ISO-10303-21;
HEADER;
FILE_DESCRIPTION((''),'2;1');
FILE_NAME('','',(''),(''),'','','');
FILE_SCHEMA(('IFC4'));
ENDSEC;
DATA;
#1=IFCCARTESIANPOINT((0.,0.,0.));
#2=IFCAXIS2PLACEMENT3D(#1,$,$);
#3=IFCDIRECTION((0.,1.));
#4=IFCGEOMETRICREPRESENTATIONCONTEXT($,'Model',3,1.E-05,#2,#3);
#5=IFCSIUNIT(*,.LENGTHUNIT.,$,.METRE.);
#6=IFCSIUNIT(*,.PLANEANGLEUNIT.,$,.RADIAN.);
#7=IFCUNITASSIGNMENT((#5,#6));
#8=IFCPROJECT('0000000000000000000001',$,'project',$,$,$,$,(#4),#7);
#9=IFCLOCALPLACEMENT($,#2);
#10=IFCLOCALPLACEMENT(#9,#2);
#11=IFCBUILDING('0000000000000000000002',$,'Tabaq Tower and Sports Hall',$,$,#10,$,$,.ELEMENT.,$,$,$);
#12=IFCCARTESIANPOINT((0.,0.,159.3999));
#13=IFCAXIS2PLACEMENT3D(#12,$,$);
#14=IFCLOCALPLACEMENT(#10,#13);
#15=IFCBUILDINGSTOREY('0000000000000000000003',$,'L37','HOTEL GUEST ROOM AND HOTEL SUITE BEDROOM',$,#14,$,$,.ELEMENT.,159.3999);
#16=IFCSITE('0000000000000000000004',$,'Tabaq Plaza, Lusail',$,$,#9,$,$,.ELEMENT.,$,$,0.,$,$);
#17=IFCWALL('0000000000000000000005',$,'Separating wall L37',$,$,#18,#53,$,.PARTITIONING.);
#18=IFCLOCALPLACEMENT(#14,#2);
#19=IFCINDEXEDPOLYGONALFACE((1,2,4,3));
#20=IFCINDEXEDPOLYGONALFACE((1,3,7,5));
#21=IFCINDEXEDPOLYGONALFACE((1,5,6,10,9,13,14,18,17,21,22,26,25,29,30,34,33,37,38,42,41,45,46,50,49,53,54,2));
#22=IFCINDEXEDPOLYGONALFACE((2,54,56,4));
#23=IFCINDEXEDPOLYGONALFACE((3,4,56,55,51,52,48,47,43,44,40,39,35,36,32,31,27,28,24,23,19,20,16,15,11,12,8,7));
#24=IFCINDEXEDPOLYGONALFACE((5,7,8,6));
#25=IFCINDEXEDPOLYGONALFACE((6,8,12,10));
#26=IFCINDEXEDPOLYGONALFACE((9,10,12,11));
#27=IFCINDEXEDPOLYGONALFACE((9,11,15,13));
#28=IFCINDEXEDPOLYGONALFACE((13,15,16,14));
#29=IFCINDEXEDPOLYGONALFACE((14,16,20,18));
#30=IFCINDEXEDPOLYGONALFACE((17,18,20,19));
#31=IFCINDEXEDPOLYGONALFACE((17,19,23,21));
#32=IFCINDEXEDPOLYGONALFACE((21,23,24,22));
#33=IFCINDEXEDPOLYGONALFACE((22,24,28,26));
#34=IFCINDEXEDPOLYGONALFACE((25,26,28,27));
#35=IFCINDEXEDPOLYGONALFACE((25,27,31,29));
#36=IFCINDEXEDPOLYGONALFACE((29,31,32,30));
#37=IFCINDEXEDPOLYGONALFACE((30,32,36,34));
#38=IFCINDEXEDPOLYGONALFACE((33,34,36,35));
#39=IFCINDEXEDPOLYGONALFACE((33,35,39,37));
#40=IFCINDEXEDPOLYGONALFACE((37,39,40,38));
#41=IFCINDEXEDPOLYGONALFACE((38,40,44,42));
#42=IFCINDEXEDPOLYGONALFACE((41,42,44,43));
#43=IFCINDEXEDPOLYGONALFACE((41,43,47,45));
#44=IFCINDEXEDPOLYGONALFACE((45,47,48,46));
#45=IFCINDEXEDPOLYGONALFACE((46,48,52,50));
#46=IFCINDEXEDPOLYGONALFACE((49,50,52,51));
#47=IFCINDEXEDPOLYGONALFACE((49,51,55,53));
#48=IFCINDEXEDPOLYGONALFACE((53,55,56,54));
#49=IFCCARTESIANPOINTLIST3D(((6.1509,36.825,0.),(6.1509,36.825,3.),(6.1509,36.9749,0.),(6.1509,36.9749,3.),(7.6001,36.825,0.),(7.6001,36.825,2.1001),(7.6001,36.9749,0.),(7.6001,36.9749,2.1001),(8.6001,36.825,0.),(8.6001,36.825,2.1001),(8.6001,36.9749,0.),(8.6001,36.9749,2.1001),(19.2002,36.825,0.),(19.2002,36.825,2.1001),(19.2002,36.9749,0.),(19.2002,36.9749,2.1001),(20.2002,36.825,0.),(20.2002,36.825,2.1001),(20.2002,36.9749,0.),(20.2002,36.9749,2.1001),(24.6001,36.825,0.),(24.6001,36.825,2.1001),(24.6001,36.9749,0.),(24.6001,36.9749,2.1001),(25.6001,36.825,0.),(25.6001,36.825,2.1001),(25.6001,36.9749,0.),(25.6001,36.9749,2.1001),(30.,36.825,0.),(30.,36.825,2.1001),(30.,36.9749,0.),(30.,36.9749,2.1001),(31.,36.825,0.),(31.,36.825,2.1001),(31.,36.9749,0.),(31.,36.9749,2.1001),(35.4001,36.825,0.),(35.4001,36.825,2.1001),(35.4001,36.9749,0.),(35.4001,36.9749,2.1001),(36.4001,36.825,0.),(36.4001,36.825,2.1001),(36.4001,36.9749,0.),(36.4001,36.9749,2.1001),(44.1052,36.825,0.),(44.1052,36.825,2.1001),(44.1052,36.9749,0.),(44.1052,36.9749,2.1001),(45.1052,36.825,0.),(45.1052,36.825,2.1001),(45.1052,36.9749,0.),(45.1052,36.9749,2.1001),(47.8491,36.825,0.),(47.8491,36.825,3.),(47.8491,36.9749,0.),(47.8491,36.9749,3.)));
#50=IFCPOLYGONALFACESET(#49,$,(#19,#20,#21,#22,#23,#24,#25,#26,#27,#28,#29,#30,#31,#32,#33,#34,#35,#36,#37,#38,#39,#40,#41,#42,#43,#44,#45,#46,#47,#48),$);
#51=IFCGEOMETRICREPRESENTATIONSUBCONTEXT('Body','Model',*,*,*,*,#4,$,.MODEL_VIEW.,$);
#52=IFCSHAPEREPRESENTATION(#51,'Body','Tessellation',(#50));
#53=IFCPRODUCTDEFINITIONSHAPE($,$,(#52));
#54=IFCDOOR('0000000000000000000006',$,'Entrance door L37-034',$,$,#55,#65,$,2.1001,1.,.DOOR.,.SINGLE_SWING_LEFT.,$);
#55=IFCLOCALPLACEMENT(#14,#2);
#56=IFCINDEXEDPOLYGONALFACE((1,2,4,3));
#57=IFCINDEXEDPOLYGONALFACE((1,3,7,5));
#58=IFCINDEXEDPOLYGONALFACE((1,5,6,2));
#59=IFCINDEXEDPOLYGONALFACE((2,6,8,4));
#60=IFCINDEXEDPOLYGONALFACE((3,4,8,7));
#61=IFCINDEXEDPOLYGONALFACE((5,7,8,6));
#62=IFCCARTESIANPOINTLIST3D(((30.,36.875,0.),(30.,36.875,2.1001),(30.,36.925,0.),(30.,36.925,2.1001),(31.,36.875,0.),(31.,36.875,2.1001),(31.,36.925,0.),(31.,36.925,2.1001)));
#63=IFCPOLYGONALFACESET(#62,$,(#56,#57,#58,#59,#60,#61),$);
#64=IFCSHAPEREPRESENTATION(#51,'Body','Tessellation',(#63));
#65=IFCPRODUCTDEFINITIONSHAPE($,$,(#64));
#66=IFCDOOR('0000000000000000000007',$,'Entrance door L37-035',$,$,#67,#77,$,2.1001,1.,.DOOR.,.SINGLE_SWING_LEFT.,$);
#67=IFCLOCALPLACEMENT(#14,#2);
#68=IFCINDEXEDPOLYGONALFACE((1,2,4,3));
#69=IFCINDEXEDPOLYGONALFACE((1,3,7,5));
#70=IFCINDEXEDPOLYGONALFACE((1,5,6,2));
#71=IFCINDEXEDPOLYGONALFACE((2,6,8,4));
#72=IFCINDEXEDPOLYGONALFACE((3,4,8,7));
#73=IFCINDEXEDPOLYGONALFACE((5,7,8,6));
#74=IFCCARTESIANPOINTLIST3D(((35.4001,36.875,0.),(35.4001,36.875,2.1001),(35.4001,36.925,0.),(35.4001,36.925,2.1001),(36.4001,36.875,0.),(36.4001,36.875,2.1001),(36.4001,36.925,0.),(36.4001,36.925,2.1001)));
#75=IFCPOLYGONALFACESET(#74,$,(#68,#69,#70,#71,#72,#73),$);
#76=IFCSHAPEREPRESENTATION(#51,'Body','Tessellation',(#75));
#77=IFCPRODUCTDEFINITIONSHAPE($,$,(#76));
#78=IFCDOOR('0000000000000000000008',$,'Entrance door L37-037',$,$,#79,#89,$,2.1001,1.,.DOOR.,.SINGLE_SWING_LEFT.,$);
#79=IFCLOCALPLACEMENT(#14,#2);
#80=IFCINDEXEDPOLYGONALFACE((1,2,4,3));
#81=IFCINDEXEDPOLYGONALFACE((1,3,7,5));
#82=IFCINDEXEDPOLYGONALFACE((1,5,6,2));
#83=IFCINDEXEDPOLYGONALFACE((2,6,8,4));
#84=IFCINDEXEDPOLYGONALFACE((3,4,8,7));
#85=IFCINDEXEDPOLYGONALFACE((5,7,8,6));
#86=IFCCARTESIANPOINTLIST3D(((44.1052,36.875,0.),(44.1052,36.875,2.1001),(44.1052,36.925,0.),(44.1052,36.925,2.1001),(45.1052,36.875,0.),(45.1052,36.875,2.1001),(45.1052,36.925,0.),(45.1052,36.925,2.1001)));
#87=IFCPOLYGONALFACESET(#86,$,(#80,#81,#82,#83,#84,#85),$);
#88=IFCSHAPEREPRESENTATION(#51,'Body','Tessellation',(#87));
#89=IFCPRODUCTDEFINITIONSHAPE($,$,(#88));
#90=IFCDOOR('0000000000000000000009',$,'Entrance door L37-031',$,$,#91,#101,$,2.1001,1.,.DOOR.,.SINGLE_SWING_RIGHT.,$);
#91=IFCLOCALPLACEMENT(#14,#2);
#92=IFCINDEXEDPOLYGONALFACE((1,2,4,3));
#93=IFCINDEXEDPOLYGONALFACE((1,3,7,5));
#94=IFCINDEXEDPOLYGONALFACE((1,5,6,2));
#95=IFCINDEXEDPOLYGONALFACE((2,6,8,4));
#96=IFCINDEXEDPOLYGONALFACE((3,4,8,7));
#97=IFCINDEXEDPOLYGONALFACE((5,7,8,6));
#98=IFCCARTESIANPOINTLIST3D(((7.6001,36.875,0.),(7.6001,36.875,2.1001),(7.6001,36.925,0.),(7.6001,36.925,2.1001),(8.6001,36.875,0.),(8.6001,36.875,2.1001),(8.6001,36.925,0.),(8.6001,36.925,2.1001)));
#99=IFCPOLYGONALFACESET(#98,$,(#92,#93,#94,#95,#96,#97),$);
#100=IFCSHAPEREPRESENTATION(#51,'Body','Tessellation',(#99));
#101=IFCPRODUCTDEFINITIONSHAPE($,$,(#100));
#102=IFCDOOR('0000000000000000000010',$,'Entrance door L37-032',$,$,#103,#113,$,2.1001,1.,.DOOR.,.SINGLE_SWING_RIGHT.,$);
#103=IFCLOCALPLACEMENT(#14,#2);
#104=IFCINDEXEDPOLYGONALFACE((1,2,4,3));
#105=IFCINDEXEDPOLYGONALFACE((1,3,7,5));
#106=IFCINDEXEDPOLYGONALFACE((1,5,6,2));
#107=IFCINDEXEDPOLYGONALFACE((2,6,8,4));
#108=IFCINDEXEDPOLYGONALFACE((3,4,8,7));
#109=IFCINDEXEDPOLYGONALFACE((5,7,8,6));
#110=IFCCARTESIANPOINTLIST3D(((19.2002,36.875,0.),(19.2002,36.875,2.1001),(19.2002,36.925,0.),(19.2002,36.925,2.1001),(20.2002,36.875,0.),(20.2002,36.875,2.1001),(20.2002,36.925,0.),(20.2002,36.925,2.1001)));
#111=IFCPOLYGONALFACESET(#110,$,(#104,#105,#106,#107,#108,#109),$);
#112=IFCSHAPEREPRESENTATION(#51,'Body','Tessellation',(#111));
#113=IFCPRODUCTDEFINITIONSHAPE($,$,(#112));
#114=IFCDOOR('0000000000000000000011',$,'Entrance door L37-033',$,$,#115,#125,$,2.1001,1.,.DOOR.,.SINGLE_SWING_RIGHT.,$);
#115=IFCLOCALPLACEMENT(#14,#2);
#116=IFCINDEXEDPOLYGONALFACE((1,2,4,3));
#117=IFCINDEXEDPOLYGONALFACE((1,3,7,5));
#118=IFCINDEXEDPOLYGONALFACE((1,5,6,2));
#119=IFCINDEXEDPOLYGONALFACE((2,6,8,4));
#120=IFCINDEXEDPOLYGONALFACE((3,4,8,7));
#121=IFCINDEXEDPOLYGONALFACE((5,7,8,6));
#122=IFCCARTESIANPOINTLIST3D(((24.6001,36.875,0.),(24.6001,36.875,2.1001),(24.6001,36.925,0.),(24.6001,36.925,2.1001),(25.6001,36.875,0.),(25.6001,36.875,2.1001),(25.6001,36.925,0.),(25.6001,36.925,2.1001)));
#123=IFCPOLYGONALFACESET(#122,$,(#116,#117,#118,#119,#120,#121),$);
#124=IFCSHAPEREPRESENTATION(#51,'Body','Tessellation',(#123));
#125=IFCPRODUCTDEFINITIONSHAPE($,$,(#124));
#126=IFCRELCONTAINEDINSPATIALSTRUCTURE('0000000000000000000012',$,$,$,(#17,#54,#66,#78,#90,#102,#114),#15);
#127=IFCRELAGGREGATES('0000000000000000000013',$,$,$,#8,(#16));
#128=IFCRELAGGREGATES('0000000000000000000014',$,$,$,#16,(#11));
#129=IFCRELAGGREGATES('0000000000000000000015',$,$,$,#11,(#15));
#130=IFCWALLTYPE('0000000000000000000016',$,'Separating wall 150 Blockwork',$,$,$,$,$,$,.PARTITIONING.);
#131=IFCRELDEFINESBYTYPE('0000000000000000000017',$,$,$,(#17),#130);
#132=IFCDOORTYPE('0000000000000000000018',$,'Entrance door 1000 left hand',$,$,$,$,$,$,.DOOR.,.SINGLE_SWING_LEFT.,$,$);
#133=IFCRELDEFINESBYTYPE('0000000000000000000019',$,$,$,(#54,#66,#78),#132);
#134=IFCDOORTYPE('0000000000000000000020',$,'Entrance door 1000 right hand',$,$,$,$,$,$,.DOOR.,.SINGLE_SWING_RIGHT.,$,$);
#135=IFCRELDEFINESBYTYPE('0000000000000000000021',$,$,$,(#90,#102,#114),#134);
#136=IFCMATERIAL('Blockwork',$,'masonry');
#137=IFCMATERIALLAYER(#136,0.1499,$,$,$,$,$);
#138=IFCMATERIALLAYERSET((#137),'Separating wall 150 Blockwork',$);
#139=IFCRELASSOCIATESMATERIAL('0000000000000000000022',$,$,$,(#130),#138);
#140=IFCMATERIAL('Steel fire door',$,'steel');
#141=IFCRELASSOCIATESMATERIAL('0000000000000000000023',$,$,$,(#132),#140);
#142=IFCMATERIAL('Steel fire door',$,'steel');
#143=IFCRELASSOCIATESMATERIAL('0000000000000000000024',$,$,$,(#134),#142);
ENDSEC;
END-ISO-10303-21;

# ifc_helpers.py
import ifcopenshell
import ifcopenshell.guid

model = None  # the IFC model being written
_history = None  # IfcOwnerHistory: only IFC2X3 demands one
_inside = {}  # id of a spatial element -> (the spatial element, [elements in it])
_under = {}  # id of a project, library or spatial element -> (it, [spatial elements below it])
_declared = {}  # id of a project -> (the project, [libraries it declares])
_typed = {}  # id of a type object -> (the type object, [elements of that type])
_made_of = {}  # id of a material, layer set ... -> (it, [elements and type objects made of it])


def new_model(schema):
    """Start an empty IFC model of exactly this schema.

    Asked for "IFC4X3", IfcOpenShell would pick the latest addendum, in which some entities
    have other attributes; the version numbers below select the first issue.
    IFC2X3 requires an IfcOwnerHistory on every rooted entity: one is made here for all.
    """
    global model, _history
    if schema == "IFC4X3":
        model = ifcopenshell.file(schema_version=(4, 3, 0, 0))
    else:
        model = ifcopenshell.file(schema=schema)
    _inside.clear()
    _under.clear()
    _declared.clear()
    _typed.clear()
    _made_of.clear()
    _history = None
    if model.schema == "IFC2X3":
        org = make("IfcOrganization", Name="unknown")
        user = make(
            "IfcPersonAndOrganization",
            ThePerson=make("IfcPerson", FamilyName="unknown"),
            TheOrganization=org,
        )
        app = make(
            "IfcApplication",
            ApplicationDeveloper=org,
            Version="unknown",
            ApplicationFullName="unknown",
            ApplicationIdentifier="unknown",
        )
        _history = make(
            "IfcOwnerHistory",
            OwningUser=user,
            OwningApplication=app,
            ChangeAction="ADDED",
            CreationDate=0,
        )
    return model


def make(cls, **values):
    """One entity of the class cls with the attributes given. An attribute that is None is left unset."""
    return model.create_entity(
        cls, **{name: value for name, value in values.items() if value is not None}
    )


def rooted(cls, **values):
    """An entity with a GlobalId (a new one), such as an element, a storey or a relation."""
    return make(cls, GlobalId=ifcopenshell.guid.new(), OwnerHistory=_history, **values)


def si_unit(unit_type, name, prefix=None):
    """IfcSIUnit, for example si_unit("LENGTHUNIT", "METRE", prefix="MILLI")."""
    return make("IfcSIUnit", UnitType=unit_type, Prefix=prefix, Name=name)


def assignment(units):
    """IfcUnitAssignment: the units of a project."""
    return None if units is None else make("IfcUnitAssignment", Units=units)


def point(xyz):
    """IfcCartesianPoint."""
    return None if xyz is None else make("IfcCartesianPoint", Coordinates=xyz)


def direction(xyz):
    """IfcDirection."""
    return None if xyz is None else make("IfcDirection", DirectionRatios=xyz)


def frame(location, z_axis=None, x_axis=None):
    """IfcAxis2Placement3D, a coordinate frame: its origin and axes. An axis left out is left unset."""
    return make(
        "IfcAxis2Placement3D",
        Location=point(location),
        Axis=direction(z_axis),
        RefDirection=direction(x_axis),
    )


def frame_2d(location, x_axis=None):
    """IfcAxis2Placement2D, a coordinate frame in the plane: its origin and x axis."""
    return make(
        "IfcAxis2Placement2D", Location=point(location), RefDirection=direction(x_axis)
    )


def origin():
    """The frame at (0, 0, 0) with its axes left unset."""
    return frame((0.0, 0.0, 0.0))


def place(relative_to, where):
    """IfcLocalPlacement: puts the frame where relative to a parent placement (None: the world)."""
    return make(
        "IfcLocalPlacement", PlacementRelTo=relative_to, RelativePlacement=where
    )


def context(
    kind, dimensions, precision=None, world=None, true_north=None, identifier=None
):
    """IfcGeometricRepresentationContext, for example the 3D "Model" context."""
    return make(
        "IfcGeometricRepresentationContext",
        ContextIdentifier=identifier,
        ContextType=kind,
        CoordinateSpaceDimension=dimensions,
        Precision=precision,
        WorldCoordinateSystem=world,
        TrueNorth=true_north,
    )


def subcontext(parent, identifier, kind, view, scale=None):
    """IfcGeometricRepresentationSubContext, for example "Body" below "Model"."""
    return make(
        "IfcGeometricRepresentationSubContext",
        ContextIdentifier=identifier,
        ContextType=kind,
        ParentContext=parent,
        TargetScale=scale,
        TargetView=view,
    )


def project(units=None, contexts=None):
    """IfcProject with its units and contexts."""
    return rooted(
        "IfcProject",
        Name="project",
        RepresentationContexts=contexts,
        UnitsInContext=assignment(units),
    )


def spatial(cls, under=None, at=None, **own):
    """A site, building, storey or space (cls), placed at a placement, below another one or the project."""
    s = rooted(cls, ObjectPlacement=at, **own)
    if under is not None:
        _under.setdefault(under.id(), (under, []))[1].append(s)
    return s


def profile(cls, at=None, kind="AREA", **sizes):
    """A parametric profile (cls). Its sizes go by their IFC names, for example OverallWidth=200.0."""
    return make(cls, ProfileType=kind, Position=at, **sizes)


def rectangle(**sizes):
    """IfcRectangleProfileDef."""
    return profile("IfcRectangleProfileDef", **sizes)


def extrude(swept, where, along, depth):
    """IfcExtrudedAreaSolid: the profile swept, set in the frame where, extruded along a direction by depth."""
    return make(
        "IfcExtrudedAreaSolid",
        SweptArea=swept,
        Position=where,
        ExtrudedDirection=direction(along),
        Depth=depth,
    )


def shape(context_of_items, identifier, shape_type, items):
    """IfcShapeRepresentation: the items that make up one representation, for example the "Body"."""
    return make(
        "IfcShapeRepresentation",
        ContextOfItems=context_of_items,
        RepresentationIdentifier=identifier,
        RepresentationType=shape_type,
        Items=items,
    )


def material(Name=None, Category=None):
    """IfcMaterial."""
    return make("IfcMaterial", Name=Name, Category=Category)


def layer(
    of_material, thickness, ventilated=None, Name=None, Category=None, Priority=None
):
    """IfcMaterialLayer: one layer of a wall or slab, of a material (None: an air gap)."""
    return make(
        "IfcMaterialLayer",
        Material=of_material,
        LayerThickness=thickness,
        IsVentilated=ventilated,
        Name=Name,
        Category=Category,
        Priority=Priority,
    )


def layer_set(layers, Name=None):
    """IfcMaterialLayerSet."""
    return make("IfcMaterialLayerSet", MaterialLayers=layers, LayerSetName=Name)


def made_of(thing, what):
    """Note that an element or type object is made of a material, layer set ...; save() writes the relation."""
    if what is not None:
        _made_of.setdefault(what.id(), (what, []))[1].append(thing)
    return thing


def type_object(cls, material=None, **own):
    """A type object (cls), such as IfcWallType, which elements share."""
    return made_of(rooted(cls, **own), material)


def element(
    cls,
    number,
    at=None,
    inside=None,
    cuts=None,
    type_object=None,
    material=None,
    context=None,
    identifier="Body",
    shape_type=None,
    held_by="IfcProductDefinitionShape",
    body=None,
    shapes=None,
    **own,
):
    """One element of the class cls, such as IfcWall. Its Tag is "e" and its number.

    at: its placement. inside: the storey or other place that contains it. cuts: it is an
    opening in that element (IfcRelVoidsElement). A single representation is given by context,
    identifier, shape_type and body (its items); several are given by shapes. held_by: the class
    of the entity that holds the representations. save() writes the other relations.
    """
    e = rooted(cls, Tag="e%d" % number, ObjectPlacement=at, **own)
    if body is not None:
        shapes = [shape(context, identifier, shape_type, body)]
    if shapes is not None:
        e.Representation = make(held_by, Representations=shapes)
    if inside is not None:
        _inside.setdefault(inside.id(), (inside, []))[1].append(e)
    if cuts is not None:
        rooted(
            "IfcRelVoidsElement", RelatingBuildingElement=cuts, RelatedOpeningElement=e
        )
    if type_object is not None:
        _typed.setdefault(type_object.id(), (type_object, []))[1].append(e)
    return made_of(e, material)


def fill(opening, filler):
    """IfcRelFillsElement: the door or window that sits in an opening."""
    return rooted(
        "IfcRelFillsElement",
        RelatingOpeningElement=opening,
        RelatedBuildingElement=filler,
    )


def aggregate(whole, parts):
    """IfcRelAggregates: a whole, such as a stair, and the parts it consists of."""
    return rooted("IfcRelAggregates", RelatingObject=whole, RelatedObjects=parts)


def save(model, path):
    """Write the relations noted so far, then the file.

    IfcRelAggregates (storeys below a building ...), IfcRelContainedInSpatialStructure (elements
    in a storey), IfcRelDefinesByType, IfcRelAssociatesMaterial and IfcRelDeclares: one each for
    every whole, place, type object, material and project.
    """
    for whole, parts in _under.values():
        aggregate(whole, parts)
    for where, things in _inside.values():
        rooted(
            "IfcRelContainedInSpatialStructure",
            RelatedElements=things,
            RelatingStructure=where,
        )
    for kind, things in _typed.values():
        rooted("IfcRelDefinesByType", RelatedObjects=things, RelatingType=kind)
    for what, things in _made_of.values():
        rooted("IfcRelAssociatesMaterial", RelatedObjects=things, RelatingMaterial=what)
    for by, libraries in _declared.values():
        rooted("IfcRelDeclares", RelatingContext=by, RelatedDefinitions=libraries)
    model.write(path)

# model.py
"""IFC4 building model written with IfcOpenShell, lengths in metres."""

from ifc_helpers import new_model, si_unit, direction, frame, frame_2d, origin, place, context, subcontext, project, spatial, rectangle, extrude, material, layer, layer_set, type_object, element, fill, save


model = new_model("IFC4")

# Units and contexts
model_context = context("Model", 3, precision=1e-05, world=origin(), true_north=direction((0.0, 1.0)))
body_context = subcontext(model_context, "Body", "Model", "MODEL_VIEW")
ifc_project = project(units=[si_unit("LENGTHUNIT", "METRE"), si_unit("PLANEANGLEUNIT", "RADIAN")], contexts=[model_context])

# Site, building, storey
site_placement = place(None, origin())
site = spatial("IfcSite", under=ifc_project, at=site_placement, Name="Tabaq Plaza, Lusail", CompositionType="ELEMENT", RefElevation=0.0)
building_placement = place(site_placement, origin())
building = spatial("IfcBuilding", under=site, at=building_placement, Name="Tabaq Tower and Sports Hall", CompositionType="ELEMENT")
storey_placement = place(building_placement, frame((0.0, 0.0, 159.3999)))
storey = spatial("IfcBuildingStorey", under=building, at=storey_placement, Name="L37", Description="HOTEL GUEST ROOM AND HOTEL SUITE BEDROOM", CompositionType="ELEMENT", Elevation=159.3999)

# Wall, openings, doors
ifc_material_1 = material(Name="Blockwork", Category="masonry")
ifc_layer_1 = layer(ifc_material_1, 0.1499)
ifc_layer_set_1 = layer_set([ifc_layer_1], Name="Separating wall 150 Blockwork")
wall_type = type_object("IfcWallType", Name="Separating wall 150 Blockwork", PredefinedType="PARTITIONING", material=ifc_layer_set_1)
wall_1_placement = place(storey_placement, frame((47.8491, 36.8999, 0.0), z_axis=(0.0, 0.0, 1.0), x_axis=(-1.0, 0.0, 0.0)))
wall_1 = element("IfcWall", 1, at=wall_1_placement, inside=storey, type_object=wall_type, Name="Separating wall L37", PredefinedType="PARTITIONING", context=body_context, shape_type="SweptSolid", body=[
    extrude(rectangle(XDim=41.6982, YDim=0.1499, at=frame_2d((20.8491, 0.0))), origin(), (0.0, 0.0, 1.0), 3.0),
])
opening_1_placement = place(wall_1_placement, frame((39.249, 0.0, 0.0)))
opening_1 = element("IfcOpeningElement", 2, at=opening_1_placement, cuts=wall_1, PredefinedType="OPENING", context=body_context, shape_type="SweptSolid", body=[
    extrude(rectangle(XDim=1.0, YDim=2.1001, at=frame_2d((0.5, 1.05))), frame((0.0, 0.075, 0.0), z_axis=(0.0, -1.0, 0.0), x_axis=(1.0, 0.0, 0.0)), (0.0, 0.0, 1.0), 0.1499),
])
opening_2_placement = place(wall_1_placement, frame((27.6489, 0.0, 0.0)))
opening_2 = element("IfcOpeningElement", 3, at=opening_2_placement, cuts=wall_1, PredefinedType="OPENING", context=body_context, shape_type="SweptSolid", body=[
    extrude(rectangle(XDim=1.0, YDim=2.1001, at=frame_2d((0.5, 1.05))), frame((0.0, 0.075, 0.0), z_axis=(0.0, -1.0, 0.0), x_axis=(1.0, 0.0, 0.0)), (0.0, 0.0, 1.0), 0.1499),
])
opening_3_placement = place(wall_1_placement, frame((22.249, 0.0, 0.0)))
opening_3 = element("IfcOpeningElement", 4, at=opening_3_placement, cuts=wall_1, PredefinedType="OPENING", context=body_context, shape_type="SweptSolid", body=[
    extrude(rectangle(XDim=1.0, YDim=2.1001, at=frame_2d((0.5, 1.05))), frame((0.0, 0.075, 0.0), z_axis=(0.0, -1.0, 0.0), x_axis=(1.0, 0.0, 0.0)), (0.0, 0.0, 1.0), 0.1499),
])
opening_4_placement = place(wall_1_placement, frame((16.8491, 0.0, 0.0)))
opening_4 = element("IfcOpeningElement", 5, at=opening_4_placement, cuts=wall_1, PredefinedType="OPENING", context=body_context, shape_type="SweptSolid", body=[
    extrude(rectangle(XDim=1.0, YDim=2.1001, at=frame_2d((0.5, 1.05))), frame((0.0, 0.075, 0.0), z_axis=(0.0, -1.0, 0.0), x_axis=(1.0, 0.0, 0.0)), (0.0, 0.0, 1.0), 0.1499),
])
opening_5_placement = place(wall_1_placement, frame((11.449, 0.0, 0.0)))
opening_5 = element("IfcOpeningElement", 6, at=opening_5_placement, cuts=wall_1, PredefinedType="OPENING", context=body_context, shape_type="SweptSolid", body=[
    extrude(rectangle(XDim=1.0, YDim=2.1001, at=frame_2d((0.5, 1.05))), frame((0.0, 0.075, 0.0), z_axis=(0.0, -1.0, 0.0), x_axis=(1.0, 0.0, 0.0)), (0.0, 0.0, 1.0), 0.1499),
])
opening_6_placement = place(wall_1_placement, frame((2.7439, 0.0, 0.0)))
opening_6 = element("IfcOpeningElement", 7, at=opening_6_placement, cuts=wall_1, PredefinedType="OPENING", context=body_context, shape_type="SweptSolid", body=[
    extrude(rectangle(XDim=1.0, YDim=2.1001, at=frame_2d((0.5, 1.05))), frame((0.0, 0.075, 0.0), z_axis=(0.0, -1.0, 0.0), x_axis=(1.0, 0.0, 0.0)), (0.0, 0.0, 1.0), 0.1499),
])
ifc_material_2 = material(Name="Steel fire door", Category="steel")
door_type_1 = type_object("IfcDoorType", Name="Entrance door 1000 left hand", OperationType="SINGLE_SWING_LEFT", PredefinedType="DOOR", material=ifc_material_2)
door_1_placement = place(opening_4_placement, origin())
door_1 = element("IfcDoor", 8, at=door_1_placement, inside=storey, type_object=door_type_1, Name="Entrance door L37-034", OperationType="SINGLE_SWING_LEFT", OverallHeight=2.1001, OverallWidth=1.0, PredefinedType="DOOR", context=body_context, shape_type="SweptSolid", body=[
    extrude(rectangle(XDim=1.0, YDim=2.1001, at=frame_2d((0.5, 1.05))), frame((0.0, 0.0249, 0.0), z_axis=(0.0, -1.0, 0.0), x_axis=(1.0, 0.0, 0.0)), (0.0, 0.0, 1.0), 0.05),
])
fill(opening_4, door_1)
door_2_placement = place(opening_5_placement, origin())
door_2 = element("IfcDoor", 9, at=door_2_placement, inside=storey, type_object=door_type_1, Name="Entrance door L37-035", OperationType="SINGLE_SWING_LEFT", OverallHeight=2.1001, OverallWidth=1.0, PredefinedType="DOOR", context=body_context, shape_type="SweptSolid", body=[
    extrude(rectangle(XDim=1.0, YDim=2.1001, at=frame_2d((0.5, 1.05))), frame((0.0, 0.0249, 0.0), z_axis=(0.0, -1.0, 0.0), x_axis=(1.0, 0.0, 0.0)), (0.0, 0.0, 1.0), 0.05),
])
fill(opening_5, door_2)
door_3_placement = place(opening_6_placement, origin())
door_3 = element("IfcDoor", 10, at=door_3_placement, inside=storey, type_object=door_type_1, Name="Entrance door L37-037", OperationType="SINGLE_SWING_LEFT", OverallHeight=2.1001, OverallWidth=1.0, PredefinedType="DOOR", context=body_context, shape_type="SweptSolid", body=[
    extrude(rectangle(XDim=1.0, YDim=2.1001, at=frame_2d((0.5, 1.05))), frame((0.0, 0.0249, 0.0), z_axis=(0.0, -1.0, 0.0), x_axis=(1.0, 0.0, 0.0)), (0.0, 0.0, 1.0), 0.05),
])
fill(opening_6, door_3)
ifc_material_3 = material(Name="Steel fire door", Category="steel")
door_type_2 = type_object("IfcDoorType", Name="Entrance door 1000 right hand", OperationType="SINGLE_SWING_RIGHT", PredefinedType="DOOR", material=ifc_material_3)
door_4_placement = place(opening_1_placement, origin())
door_4 = element("IfcDoor", 11, at=door_4_placement, inside=storey, type_object=door_type_2, Name="Entrance door L37-031", OperationType="SINGLE_SWING_RIGHT", OverallHeight=2.1001, OverallWidth=1.0, PredefinedType="DOOR", context=body_context, shape_type="SweptSolid", body=[
    extrude(rectangle(XDim=1.0, YDim=2.1001, at=frame_2d((0.5, 1.05))), frame((0.0, 0.0249, 0.0), z_axis=(0.0, -1.0, 0.0), x_axis=(1.0, 0.0, 0.0)), (0.0, 0.0, 1.0), 0.05),
])
fill(opening_1, door_4)
door_5_placement = place(opening_2_placement, origin())
door_5 = element("IfcDoor", 12, at=door_5_placement, inside=storey, type_object=door_type_2, Name="Entrance door L37-032", OperationType="SINGLE_SWING_RIGHT", OverallHeight=2.1001, OverallWidth=1.0, PredefinedType="DOOR", context=body_context, shape_type="SweptSolid", body=[
    extrude(rectangle(XDim=1.0, YDim=2.1001, at=frame_2d((0.5, 1.05))), frame((0.0, 0.0249, 0.0), z_axis=(0.0, -1.0, 0.0), x_axis=(1.0, 0.0, 0.0)), (0.0, 0.0, 1.0), 0.05),
])
fill(opening_2, door_5)
door_6_placement = place(opening_3_placement, origin())
door_6 = element("IfcDoor", 13, at=door_6_placement, inside=storey, type_object=door_type_2, Name="Entrance door L37-033", OperationType="SINGLE_SWING_RIGHT", OverallHeight=2.1001, OverallWidth=1.0, PredefinedType="DOOR", context=body_context, shape_type="SweptSolid", body=[
    extrude(rectangle(XDim=1.0, YDim=2.1001, at=frame_2d((0.5, 1.05))), frame((0.0, 0.0249, 0.0), z_axis=(0.0, -1.0, 0.0), x_axis=(1.0, 0.0, 0.0)), (0.0, 0.0, 1.0), 0.05),
])
fill(opening_3, door_6)

save(model, "model.ifc")
